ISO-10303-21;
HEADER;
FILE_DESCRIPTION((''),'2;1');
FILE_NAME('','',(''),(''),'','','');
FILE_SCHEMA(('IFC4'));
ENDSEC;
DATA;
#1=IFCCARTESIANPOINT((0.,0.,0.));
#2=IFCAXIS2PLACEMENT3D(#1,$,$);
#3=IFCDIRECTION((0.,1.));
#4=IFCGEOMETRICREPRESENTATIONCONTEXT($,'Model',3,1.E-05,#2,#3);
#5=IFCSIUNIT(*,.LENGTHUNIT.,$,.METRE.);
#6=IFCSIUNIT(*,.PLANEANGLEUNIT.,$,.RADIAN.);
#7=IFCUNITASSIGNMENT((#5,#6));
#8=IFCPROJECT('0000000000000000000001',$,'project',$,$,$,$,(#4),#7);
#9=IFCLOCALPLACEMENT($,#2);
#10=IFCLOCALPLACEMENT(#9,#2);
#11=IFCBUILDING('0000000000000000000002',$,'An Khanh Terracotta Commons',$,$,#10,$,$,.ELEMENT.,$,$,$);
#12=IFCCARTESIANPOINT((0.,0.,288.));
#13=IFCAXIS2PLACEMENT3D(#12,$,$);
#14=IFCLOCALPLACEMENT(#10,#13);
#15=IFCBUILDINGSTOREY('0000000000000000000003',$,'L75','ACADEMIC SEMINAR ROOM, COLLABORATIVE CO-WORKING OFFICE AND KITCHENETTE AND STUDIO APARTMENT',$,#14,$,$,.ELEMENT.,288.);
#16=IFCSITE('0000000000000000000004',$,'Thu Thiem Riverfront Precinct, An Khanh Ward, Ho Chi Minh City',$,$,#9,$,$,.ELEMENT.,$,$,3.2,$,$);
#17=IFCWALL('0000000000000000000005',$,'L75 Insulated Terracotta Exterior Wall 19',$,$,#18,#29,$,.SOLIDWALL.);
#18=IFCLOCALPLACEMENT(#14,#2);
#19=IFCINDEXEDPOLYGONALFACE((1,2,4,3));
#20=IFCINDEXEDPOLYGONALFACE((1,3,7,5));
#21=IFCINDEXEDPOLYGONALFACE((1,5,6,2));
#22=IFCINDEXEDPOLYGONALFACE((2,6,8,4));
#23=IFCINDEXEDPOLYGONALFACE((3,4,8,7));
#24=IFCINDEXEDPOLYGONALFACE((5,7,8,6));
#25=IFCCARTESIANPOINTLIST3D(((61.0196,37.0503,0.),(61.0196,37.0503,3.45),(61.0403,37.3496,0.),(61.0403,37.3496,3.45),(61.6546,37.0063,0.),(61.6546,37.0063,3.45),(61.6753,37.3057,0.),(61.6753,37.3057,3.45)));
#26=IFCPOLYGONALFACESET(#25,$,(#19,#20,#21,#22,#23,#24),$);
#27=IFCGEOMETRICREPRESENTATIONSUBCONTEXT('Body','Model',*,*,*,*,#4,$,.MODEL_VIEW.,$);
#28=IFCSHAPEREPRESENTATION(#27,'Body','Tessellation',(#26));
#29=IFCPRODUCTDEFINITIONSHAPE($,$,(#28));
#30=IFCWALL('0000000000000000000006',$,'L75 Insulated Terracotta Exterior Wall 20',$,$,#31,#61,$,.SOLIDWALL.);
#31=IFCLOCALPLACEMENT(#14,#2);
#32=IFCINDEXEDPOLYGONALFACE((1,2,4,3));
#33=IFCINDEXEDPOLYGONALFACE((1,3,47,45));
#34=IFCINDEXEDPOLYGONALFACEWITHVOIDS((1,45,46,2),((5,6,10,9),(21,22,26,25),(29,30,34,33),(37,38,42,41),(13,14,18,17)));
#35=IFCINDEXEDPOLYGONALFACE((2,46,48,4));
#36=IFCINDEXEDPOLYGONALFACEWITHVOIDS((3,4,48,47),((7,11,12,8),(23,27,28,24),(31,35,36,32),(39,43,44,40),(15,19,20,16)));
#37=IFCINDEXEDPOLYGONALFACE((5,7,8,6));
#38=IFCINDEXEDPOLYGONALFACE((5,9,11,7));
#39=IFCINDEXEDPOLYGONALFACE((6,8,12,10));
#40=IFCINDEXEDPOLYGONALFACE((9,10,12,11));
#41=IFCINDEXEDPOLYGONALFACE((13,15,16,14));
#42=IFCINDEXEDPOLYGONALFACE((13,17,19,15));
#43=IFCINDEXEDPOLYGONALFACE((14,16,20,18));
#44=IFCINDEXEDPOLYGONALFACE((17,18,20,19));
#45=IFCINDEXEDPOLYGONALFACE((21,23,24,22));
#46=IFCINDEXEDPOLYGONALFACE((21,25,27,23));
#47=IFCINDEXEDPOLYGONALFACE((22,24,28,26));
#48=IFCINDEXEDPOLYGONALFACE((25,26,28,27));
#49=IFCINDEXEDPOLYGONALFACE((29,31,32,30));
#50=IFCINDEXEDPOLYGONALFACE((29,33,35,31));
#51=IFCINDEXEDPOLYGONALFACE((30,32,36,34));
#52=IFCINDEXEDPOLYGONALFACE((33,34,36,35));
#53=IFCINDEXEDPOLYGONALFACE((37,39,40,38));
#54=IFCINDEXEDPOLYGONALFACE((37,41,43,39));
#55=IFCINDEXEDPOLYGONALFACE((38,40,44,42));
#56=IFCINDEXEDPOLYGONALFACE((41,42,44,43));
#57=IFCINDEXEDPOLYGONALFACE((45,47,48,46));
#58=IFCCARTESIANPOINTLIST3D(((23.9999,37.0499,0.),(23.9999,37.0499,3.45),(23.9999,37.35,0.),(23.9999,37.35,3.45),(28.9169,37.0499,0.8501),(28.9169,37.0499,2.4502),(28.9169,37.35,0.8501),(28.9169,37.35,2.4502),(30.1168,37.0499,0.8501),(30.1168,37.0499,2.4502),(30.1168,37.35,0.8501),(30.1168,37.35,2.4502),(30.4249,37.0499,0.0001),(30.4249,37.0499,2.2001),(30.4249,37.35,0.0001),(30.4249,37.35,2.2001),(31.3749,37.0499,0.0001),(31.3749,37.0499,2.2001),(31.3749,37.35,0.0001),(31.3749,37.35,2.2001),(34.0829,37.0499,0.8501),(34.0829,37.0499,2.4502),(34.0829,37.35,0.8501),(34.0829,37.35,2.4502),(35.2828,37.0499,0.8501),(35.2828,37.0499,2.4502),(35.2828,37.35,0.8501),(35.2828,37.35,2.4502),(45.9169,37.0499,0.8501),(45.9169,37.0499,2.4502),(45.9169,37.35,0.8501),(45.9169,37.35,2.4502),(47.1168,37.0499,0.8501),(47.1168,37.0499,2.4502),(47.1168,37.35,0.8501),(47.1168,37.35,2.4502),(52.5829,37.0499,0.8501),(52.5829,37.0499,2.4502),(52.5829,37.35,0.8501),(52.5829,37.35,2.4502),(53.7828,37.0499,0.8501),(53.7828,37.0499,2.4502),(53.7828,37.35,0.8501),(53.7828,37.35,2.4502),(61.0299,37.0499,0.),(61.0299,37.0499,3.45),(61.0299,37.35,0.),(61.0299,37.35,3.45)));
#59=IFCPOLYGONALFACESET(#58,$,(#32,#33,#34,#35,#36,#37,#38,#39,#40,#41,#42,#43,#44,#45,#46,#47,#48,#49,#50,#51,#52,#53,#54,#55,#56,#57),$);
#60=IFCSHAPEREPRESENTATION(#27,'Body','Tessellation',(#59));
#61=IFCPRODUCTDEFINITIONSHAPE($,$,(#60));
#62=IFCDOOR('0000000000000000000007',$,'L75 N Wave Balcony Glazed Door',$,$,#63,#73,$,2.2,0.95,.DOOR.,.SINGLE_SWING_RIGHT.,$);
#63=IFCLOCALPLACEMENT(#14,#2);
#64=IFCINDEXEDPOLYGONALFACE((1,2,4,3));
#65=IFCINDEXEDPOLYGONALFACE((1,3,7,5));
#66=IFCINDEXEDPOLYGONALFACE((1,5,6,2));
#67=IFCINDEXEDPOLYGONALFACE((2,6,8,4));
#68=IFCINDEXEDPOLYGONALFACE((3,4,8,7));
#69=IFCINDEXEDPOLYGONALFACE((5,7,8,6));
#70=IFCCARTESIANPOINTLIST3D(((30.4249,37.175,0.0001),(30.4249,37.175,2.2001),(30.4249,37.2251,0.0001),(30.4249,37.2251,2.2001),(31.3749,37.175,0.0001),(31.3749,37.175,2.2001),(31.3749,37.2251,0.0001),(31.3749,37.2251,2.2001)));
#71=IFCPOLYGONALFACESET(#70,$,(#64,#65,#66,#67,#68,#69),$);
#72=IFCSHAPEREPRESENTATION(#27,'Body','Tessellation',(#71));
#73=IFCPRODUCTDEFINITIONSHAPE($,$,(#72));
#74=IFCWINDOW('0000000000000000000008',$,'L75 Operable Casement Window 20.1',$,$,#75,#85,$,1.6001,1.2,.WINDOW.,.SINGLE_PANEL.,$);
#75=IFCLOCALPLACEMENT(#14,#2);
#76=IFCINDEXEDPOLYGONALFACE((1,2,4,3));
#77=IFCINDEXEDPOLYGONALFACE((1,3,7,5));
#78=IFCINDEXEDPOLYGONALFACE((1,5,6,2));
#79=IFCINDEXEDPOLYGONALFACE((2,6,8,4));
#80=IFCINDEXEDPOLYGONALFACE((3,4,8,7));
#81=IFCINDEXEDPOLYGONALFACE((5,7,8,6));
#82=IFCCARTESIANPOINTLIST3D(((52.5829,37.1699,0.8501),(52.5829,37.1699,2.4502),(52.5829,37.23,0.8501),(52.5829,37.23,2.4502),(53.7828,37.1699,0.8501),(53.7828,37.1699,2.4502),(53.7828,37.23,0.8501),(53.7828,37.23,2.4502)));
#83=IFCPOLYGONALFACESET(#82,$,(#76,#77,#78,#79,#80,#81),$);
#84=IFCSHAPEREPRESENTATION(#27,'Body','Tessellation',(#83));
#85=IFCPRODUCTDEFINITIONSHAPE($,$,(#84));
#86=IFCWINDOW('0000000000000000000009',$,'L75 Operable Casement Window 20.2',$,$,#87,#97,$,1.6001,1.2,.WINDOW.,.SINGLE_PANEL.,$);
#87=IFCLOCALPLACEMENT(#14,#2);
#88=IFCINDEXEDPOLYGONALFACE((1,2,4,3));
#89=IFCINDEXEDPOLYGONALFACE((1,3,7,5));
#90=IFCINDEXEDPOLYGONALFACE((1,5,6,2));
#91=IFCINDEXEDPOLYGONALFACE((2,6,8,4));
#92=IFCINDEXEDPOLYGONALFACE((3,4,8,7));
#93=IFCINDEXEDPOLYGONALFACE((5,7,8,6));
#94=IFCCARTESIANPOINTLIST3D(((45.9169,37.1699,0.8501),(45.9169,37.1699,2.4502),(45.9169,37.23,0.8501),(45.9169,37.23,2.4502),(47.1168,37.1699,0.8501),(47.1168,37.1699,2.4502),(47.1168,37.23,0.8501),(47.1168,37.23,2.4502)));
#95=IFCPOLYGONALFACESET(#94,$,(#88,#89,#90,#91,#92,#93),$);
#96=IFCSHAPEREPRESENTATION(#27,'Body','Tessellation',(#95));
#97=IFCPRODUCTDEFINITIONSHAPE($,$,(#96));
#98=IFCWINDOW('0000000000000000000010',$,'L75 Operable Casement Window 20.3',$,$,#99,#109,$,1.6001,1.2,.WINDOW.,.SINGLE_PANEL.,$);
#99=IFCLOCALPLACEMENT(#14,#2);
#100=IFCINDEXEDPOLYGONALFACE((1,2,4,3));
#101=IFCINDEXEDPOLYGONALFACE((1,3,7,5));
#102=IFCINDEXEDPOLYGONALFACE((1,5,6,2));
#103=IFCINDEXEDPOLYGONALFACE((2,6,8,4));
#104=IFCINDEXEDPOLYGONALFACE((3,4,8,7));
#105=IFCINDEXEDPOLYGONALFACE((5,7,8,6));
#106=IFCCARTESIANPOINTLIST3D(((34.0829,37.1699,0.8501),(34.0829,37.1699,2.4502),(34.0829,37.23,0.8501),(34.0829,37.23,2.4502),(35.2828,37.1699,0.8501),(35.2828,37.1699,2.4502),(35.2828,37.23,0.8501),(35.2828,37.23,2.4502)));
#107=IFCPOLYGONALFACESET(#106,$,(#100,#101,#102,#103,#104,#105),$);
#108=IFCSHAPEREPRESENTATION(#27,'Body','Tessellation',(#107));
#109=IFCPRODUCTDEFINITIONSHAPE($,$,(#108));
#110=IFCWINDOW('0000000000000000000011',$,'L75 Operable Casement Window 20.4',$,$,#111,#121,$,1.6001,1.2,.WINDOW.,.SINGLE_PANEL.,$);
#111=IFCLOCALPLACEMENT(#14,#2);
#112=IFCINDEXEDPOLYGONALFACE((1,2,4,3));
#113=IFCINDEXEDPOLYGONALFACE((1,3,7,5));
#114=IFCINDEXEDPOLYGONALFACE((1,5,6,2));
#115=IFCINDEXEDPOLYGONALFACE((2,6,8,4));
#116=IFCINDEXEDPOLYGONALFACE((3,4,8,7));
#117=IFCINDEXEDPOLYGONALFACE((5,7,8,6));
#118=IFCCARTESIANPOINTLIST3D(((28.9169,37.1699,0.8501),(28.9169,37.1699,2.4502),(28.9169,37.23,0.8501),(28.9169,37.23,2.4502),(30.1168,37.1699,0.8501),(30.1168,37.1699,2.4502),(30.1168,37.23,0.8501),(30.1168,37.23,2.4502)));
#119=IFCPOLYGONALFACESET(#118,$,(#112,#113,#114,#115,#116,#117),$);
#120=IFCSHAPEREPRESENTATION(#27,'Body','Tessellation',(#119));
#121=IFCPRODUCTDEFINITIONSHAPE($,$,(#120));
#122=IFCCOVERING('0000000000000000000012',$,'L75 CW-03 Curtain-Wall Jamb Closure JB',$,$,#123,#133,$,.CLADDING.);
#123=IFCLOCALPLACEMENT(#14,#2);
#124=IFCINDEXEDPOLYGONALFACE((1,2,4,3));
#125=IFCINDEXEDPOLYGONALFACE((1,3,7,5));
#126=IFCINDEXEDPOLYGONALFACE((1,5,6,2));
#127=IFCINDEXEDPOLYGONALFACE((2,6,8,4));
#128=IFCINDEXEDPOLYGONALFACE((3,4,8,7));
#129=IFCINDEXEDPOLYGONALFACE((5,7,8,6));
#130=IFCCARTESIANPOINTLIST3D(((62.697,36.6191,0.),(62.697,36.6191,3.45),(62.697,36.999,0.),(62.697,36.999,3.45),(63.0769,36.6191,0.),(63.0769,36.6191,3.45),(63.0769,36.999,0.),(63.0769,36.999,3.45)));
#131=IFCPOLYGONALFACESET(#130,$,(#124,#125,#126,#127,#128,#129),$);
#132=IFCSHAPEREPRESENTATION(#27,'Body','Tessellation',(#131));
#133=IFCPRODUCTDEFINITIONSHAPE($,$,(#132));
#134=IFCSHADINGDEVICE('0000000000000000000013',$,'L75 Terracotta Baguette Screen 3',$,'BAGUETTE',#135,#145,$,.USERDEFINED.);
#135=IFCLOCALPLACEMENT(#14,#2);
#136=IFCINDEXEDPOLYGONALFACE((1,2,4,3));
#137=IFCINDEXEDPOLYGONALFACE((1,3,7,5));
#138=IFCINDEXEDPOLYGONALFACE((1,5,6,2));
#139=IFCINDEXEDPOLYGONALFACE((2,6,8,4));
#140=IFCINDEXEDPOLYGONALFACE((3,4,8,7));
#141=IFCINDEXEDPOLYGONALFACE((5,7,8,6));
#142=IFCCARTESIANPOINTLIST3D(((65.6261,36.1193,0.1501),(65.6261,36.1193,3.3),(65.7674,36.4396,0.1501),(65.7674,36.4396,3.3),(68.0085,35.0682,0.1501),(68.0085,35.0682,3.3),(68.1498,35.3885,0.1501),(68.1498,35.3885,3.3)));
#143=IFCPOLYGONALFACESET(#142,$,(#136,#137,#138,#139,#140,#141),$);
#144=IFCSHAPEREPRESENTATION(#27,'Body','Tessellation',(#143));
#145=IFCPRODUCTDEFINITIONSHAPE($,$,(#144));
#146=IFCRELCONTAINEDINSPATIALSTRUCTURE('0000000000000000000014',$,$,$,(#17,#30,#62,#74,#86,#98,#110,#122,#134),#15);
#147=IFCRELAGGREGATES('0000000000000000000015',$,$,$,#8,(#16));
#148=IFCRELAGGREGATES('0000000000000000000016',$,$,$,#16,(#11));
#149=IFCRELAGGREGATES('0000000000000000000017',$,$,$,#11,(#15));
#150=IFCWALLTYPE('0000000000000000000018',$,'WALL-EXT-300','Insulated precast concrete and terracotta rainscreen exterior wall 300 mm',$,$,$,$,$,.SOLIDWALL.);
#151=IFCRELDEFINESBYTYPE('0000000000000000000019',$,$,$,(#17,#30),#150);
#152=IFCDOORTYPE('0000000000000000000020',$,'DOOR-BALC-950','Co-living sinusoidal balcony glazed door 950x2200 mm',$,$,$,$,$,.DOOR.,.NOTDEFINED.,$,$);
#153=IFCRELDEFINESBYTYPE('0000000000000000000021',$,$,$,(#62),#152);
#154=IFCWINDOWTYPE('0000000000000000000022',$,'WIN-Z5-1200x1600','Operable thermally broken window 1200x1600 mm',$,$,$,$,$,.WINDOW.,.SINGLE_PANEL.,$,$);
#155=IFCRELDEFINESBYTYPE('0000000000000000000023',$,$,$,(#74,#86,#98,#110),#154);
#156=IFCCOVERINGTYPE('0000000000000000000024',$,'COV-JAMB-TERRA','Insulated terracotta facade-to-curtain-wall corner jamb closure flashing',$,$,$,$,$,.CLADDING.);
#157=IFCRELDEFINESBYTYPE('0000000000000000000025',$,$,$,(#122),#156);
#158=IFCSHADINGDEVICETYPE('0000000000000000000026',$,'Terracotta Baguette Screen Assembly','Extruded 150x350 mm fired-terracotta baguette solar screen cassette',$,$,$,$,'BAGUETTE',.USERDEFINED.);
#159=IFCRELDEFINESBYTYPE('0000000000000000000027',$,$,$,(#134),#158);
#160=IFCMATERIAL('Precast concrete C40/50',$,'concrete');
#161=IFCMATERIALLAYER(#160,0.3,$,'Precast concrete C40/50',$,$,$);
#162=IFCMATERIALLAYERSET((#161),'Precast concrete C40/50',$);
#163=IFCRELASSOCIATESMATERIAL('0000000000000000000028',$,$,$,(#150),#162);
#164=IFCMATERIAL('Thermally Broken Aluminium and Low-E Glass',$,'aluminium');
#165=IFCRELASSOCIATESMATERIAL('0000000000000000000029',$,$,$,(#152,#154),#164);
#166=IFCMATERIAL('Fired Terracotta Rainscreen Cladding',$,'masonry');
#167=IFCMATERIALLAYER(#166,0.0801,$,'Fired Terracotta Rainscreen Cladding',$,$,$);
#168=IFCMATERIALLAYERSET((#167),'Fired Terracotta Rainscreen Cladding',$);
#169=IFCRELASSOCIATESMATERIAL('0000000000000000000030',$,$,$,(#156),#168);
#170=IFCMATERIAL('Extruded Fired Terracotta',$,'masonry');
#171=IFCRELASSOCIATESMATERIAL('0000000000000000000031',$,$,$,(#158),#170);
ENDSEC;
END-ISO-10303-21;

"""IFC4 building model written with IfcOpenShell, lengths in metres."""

from ifc_helpers import new_model, si_unit, direction, frame, frame_2d, origin, origin_2d, place, context, subcontext, project, spatial, rectangle, extrude, material, layer, layer_set, type_object, element, fill, save


model = new_model("IFC4")

# Units and contexts
model_context = context("Model", 3, precision=1e-05, world=origin(), true_north=direction((0.0, 1.0)))
body_context = subcontext(model_context, "Body", "Model", "MODEL_VIEW")
ifc_project = project(units=[si_unit("LENGTHUNIT", "METRE"), si_unit("PLANEANGLEUNIT", "RADIAN")], contexts=[model_context])

# Site, building, storey
site_placement = place(None, origin())
site = spatial("IfcSite", under=ifc_project, at=site_placement, Name="Thu Thiem Riverfront Precinct, An Khanh Ward, Ho Chi Minh City", CompositionType="ELEMENT", RefElevation=3.2)
building_placement = place(site_placement, origin())
building = spatial("IfcBuilding", under=site, at=building_placement, Name="An Khanh Terracotta Commons", CompositionType="ELEMENT")
storey_placement = place(building_placement, frame((0.0, 0.0, 288.0)))
storey = spatial("IfcBuildingStorey", under=building, at=storey_placement, Name="L75", Description="ACADEMIC SEMINAR ROOM, COLLABORATIVE CO-WORKING OFFICE AND KITCHENETTE AND STUDIO APARTMENT", CompositionType="ELEMENT", Elevation=288.0)

# Wall
ifc_material_1 = material(Name="Precast concrete C40/50", Category="concrete")
ifc_layer_1 = layer(ifc_material_1, 0.3, Name="Precast concrete C40/50")
ifc_layer_set_1 = layer_set([ifc_layer_1], Name="Precast concrete C40/50")
wall_type = type_object("IfcWallType", Name="WALL-EXT-300", Description="Insulated precast concrete and terracotta rainscreen exterior wall 300 mm", PredefinedType="SOLIDWALL", material=ifc_layer_set_1)
wall_1_placement = place(storey_placement, frame((61.665, 37.156, 0.0), z_axis=(0.0, 0.0, 1.0), x_axis=(-0.997614, 0.069039, 0.0)))
element("IfcWall", 1, at=wall_1_placement, inside=storey, type_object=wall_type, Name="L75 Insulated Terracotta Exterior Wall 19", PredefinedType="SOLIDWALL", context=body_context, shape_type="SweptSolid", body=[
    extrude(rectangle(XDim=0.6365, YDim=0.3, at=frame_2d((0.3184, 0.0))), origin(), (0.0, 0.0, 1.0), 3.45),
])

# Wall, openings, door, windows
wall_2_placement = place(storey_placement, frame((61.03, 37.2, 0.0), z_axis=(0.0, 0.0, 1.0), x_axis=(-1.0, 0.0, 0.0)))
wall_2 = element("IfcWall", 2, at=wall_2_placement, inside=storey, type_object=wall_type, Name="L75 Insulated Terracotta Exterior Wall 20", PredefinedType="SOLIDWALL", context=body_context, shape_type="SweptSolid", body=[
    extrude(rectangle(XDim=37.03, YDim=0.3, at=frame_2d((18.5151, 0.0))), origin(), (0.0, 0.0, 1.0), 3.45),
])
opening_1_placement = place(wall_2_placement, frame((29.655, 0.0, 0.0)))
opening_1 = element("IfcOpeningElement", 3, at=opening_1_placement, cuts=wall_2, PredefinedType="OPENING", context=body_context, shape_type="SweptSolid", body=[
    extrude(rectangle(XDim=0.95, YDim=2.2, at=frame_2d((0.4751, 1.1001))), frame((0.0, 0.1599, 0.0), z_axis=(0.0, -1.0, 0.0), x_axis=(1.0, 0.0, 0.0)), (0.0, 0.0, 1.0), 0.3201),
])
opening_2_placement = place(wall_2_placement, frame((7.2471, 0.0, 0.8501)))
opening_2 = element("IfcOpeningElement", 4, at=opening_2_placement, cuts=wall_2, PredefinedType="OPENING", context=body_context, shape_type="SweptSolid", body=[
    extrude(rectangle(XDim=1.2, YDim=1.6001, at=frame_2d((0.6001, 0.8))), frame((0.0, 0.1599, 0.0), z_axis=(0.0, -1.0, 0.0), x_axis=(1.0, 0.0, 0.0)), (0.0, 0.0, 1.0), 0.3201),
])
opening_3_placement = place(wall_2_placement, frame((13.9131, 0.0, 0.8501)))
opening_3 = element("IfcOpeningElement", 5, at=opening_3_placement, cuts=wall_2, PredefinedType="OPENING", context=body_context, shape_type="SweptSolid", body=[
    extrude(rectangle(XDim=1.2, YDim=1.6001, at=frame_2d((0.6001, 0.8))), frame((0.0, 0.1599, 0.0), z_axis=(0.0, -1.0, 0.0), x_axis=(1.0, 0.0, 0.0)), (0.0, 0.0, 1.0), 0.3201),
])
opening_4_placement = place(wall_2_placement, frame((25.7471, 0.0, 0.8501)))
opening_4 = element("IfcOpeningElement", 6, at=opening_4_placement, cuts=wall_2, PredefinedType="OPENING", context=body_context, shape_type="SweptSolid", body=[
    extrude(rectangle(XDim=1.2, YDim=1.6001, at=frame_2d((0.6001, 0.8))), frame((0.0, 0.1599, 0.0), z_axis=(0.0, -1.0, 0.0), x_axis=(1.0, 0.0, 0.0)), (0.0, 0.0, 1.0), 0.3201),
])
opening_5_placement = place(wall_2_placement, frame((30.9131, 0.0, 0.8501)))
opening_5 = element("IfcOpeningElement", 7, at=opening_5_placement, cuts=wall_2, PredefinedType="OPENING", context=body_context, shape_type="SweptSolid", body=[
    extrude(rectangle(XDim=1.2, YDim=1.6001, at=frame_2d((0.6001, 0.8))), frame((0.0, 0.1599, 0.0), z_axis=(0.0, -1.0, 0.0), x_axis=(1.0, 0.0, 0.0)), (0.0, 0.0, 1.0), 0.3201),
])
ifc_material_2 = material(Name="Thermally Broken Aluminium and Low-E Glass", Category="aluminium")
door_type = type_object("IfcDoorType", Name="DOOR-BALC-950", Description="Co-living sinusoidal balcony glazed door 950x2200 mm", OperationType="NOTDEFINED", PredefinedType="DOOR", material=ifc_material_2)
door_placement = place(opening_1_placement, origin())
door = element("IfcDoor", 8, at=door_placement, inside=storey, type_object=door_type, Name="L75 N Wave Balcony Glazed Door", OperationType="SINGLE_SWING_RIGHT", OverallHeight=2.2, OverallWidth=0.95, PredefinedType="DOOR", context=body_context, shape_type="SweptSolid", body=[
    extrude(rectangle(XDim=0.95, YDim=2.2, at=frame_2d((0.4751, 1.1001))), frame((0.0, 0.0249, 0.0), z_axis=(0.0, -1.0, 0.0), x_axis=(1.0, 0.0, 0.0)), (0.0, 0.0, 1.0), 0.05),
])
fill(opening_1, door)
window_type = type_object("IfcWindowType", Name="WIN-Z5-1200x1600", Description="Operable thermally broken window 1200x1600 mm", PartitioningType="SINGLE_PANEL", PredefinedType="WINDOW", material=ifc_material_2)
window_1_placement = place(opening_2_placement, origin())
window_1 = element("IfcWindow", 9, at=window_1_placement, inside=storey, type_object=window_type, Name="L75 Operable Casement Window 20.1", OverallHeight=1.6001, OverallWidth=1.2, PartitioningType="SINGLE_PANEL", PredefinedType="WINDOW", context=body_context, shape_type="SweptSolid", body=[
    extrude(rectangle(XDim=1.2, YDim=1.6001, at=frame_2d((0.6001, 0.8))), frame((0.0, 0.03, 0.0), z_axis=(0.0, -1.0, 0.0), x_axis=(1.0, 0.0, 0.0)), (0.0, 0.0, 1.0), 0.0601),
])
fill(opening_2, window_1)
window_2_placement = place(opening_3_placement, origin())
window_2 = element("IfcWindow", 10, at=window_2_placement, inside=storey, type_object=window_type, Name="L75 Operable Casement Window 20.2", OverallHeight=1.6001, OverallWidth=1.2, PartitioningType="SINGLE_PANEL", PredefinedType="WINDOW", context=body_context, shape_type="SweptSolid", body=[
    extrude(rectangle(XDim=1.2, YDim=1.6001, at=frame_2d((0.6001, 0.8))), frame((0.0, 0.03, 0.0), z_axis=(0.0, -1.0, 0.0), x_axis=(1.0, 0.0, 0.0)), (0.0, 0.0, 1.0), 0.0601),
])
fill(opening_3, window_2)
window_3_placement = place(opening_4_placement, origin())
window_3 = element("IfcWindow", 11, at=window_3_placement, inside=storey, type_object=window_type, Name="L75 Operable Casement Window 20.3", OverallHeight=1.6001, OverallWidth=1.2, PartitioningType="SINGLE_PANEL", PredefinedType="WINDOW", context=body_context, shape_type="SweptSolid", body=[
    extrude(rectangle(XDim=1.2, YDim=1.6001, at=frame_2d((0.6001, 0.8))), frame((0.0, 0.03, 0.0), z_axis=(0.0, -1.0, 0.0), x_axis=(1.0, 0.0, 0.0)), (0.0, 0.0, 1.0), 0.0601),
])
fill(opening_4, window_3)
window_4_placement = place(opening_5_placement, origin())
window_4 = element("IfcWindow", 12, at=window_4_placement, inside=storey, type_object=window_type, Name="L75 Operable Casement Window 20.4", OverallHeight=1.6001, OverallWidth=1.2, PartitioningType="SINGLE_PANEL", PredefinedType="WINDOW", context=body_context, shape_type="SweptSolid", body=[
    extrude(rectangle(XDim=1.2, YDim=1.6001, at=frame_2d((0.6001, 0.8))), frame((0.0, 0.03, 0.0), z_axis=(0.0, -1.0, 0.0), x_axis=(1.0, 0.0, 0.0)), (0.0, 0.0, 1.0), 0.0601),
])
fill(opening_5, window_4)

# Covering
ifc_material_3 = material(Name="Fired Terracotta Rainscreen Cladding", Category="masonry")
ifc_layer_2 = layer(ifc_material_3, 0.0801, Name="Fired Terracotta Rainscreen Cladding")
ifc_layer_set_2 = layer_set([ifc_layer_2], Name="Fired Terracotta Rainscreen Cladding")
covering_type = type_object("IfcCoveringType", Name="COV-JAMB-TERRA", Description="Insulated terracotta facade-to-curtain-wall corner jamb closure flashing", PredefinedType="CLADDING", material=ifc_layer_set_2)
covering_placement = place(storey_placement, frame((62.887, 36.8091, 0.0), z_axis=(0.0, 0.0, 1.0), x_axis=(1.0, 0.0, 0.0)))
element("IfcCovering", 13, at=covering_placement, inside=storey, type_object=covering_type, Name="L75 CW-03 Curtain-Wall Jamb Closure JB", PredefinedType="CLADDING", context=body_context, shape_type="SweptSolid", body=[
    extrude(rectangle(XDim=0.3799, YDim=0.3799, at=origin_2d()), origin(), (0.0, 0.0, 1.0), 3.45),
])

# Shading device
ifc_material_4 = material(Name="Extruded Fired Terracotta", Category="masonry")
shading_device_type = type_object("IfcShadingDeviceType", Name="Terracotta Baguette Screen Assembly", Description="Extruded 150x350 mm fired-terracotta baguette solar screen cassette", ElementType="BAGUETTE", PredefinedType="USERDEFINED", material=ifc_material_4)
shading_device_placement = place(storey_placement, frame((66.8879, 35.7539, 0.1501), z_axis=(0.0, 0.0, 1.0), x_axis=(-0.914902, 0.403676, 0.0)))
element("IfcShadingDevice", 14, at=shading_device_placement, inside=storey, type_object=shading_device_type, Name="L75 Terracotta Baguette Screen 3", ObjectType="BAGUETTE", PredefinedType="USERDEFINED", context=body_context, shape_type="SweptSolid", body=[
    extrude(rectangle(XDim=2.604, YDim=0.3501, at=origin_2d()), origin(), (0.0, 0.0, 1.0), 3.1499),
])

save(model, "model.ifc")
